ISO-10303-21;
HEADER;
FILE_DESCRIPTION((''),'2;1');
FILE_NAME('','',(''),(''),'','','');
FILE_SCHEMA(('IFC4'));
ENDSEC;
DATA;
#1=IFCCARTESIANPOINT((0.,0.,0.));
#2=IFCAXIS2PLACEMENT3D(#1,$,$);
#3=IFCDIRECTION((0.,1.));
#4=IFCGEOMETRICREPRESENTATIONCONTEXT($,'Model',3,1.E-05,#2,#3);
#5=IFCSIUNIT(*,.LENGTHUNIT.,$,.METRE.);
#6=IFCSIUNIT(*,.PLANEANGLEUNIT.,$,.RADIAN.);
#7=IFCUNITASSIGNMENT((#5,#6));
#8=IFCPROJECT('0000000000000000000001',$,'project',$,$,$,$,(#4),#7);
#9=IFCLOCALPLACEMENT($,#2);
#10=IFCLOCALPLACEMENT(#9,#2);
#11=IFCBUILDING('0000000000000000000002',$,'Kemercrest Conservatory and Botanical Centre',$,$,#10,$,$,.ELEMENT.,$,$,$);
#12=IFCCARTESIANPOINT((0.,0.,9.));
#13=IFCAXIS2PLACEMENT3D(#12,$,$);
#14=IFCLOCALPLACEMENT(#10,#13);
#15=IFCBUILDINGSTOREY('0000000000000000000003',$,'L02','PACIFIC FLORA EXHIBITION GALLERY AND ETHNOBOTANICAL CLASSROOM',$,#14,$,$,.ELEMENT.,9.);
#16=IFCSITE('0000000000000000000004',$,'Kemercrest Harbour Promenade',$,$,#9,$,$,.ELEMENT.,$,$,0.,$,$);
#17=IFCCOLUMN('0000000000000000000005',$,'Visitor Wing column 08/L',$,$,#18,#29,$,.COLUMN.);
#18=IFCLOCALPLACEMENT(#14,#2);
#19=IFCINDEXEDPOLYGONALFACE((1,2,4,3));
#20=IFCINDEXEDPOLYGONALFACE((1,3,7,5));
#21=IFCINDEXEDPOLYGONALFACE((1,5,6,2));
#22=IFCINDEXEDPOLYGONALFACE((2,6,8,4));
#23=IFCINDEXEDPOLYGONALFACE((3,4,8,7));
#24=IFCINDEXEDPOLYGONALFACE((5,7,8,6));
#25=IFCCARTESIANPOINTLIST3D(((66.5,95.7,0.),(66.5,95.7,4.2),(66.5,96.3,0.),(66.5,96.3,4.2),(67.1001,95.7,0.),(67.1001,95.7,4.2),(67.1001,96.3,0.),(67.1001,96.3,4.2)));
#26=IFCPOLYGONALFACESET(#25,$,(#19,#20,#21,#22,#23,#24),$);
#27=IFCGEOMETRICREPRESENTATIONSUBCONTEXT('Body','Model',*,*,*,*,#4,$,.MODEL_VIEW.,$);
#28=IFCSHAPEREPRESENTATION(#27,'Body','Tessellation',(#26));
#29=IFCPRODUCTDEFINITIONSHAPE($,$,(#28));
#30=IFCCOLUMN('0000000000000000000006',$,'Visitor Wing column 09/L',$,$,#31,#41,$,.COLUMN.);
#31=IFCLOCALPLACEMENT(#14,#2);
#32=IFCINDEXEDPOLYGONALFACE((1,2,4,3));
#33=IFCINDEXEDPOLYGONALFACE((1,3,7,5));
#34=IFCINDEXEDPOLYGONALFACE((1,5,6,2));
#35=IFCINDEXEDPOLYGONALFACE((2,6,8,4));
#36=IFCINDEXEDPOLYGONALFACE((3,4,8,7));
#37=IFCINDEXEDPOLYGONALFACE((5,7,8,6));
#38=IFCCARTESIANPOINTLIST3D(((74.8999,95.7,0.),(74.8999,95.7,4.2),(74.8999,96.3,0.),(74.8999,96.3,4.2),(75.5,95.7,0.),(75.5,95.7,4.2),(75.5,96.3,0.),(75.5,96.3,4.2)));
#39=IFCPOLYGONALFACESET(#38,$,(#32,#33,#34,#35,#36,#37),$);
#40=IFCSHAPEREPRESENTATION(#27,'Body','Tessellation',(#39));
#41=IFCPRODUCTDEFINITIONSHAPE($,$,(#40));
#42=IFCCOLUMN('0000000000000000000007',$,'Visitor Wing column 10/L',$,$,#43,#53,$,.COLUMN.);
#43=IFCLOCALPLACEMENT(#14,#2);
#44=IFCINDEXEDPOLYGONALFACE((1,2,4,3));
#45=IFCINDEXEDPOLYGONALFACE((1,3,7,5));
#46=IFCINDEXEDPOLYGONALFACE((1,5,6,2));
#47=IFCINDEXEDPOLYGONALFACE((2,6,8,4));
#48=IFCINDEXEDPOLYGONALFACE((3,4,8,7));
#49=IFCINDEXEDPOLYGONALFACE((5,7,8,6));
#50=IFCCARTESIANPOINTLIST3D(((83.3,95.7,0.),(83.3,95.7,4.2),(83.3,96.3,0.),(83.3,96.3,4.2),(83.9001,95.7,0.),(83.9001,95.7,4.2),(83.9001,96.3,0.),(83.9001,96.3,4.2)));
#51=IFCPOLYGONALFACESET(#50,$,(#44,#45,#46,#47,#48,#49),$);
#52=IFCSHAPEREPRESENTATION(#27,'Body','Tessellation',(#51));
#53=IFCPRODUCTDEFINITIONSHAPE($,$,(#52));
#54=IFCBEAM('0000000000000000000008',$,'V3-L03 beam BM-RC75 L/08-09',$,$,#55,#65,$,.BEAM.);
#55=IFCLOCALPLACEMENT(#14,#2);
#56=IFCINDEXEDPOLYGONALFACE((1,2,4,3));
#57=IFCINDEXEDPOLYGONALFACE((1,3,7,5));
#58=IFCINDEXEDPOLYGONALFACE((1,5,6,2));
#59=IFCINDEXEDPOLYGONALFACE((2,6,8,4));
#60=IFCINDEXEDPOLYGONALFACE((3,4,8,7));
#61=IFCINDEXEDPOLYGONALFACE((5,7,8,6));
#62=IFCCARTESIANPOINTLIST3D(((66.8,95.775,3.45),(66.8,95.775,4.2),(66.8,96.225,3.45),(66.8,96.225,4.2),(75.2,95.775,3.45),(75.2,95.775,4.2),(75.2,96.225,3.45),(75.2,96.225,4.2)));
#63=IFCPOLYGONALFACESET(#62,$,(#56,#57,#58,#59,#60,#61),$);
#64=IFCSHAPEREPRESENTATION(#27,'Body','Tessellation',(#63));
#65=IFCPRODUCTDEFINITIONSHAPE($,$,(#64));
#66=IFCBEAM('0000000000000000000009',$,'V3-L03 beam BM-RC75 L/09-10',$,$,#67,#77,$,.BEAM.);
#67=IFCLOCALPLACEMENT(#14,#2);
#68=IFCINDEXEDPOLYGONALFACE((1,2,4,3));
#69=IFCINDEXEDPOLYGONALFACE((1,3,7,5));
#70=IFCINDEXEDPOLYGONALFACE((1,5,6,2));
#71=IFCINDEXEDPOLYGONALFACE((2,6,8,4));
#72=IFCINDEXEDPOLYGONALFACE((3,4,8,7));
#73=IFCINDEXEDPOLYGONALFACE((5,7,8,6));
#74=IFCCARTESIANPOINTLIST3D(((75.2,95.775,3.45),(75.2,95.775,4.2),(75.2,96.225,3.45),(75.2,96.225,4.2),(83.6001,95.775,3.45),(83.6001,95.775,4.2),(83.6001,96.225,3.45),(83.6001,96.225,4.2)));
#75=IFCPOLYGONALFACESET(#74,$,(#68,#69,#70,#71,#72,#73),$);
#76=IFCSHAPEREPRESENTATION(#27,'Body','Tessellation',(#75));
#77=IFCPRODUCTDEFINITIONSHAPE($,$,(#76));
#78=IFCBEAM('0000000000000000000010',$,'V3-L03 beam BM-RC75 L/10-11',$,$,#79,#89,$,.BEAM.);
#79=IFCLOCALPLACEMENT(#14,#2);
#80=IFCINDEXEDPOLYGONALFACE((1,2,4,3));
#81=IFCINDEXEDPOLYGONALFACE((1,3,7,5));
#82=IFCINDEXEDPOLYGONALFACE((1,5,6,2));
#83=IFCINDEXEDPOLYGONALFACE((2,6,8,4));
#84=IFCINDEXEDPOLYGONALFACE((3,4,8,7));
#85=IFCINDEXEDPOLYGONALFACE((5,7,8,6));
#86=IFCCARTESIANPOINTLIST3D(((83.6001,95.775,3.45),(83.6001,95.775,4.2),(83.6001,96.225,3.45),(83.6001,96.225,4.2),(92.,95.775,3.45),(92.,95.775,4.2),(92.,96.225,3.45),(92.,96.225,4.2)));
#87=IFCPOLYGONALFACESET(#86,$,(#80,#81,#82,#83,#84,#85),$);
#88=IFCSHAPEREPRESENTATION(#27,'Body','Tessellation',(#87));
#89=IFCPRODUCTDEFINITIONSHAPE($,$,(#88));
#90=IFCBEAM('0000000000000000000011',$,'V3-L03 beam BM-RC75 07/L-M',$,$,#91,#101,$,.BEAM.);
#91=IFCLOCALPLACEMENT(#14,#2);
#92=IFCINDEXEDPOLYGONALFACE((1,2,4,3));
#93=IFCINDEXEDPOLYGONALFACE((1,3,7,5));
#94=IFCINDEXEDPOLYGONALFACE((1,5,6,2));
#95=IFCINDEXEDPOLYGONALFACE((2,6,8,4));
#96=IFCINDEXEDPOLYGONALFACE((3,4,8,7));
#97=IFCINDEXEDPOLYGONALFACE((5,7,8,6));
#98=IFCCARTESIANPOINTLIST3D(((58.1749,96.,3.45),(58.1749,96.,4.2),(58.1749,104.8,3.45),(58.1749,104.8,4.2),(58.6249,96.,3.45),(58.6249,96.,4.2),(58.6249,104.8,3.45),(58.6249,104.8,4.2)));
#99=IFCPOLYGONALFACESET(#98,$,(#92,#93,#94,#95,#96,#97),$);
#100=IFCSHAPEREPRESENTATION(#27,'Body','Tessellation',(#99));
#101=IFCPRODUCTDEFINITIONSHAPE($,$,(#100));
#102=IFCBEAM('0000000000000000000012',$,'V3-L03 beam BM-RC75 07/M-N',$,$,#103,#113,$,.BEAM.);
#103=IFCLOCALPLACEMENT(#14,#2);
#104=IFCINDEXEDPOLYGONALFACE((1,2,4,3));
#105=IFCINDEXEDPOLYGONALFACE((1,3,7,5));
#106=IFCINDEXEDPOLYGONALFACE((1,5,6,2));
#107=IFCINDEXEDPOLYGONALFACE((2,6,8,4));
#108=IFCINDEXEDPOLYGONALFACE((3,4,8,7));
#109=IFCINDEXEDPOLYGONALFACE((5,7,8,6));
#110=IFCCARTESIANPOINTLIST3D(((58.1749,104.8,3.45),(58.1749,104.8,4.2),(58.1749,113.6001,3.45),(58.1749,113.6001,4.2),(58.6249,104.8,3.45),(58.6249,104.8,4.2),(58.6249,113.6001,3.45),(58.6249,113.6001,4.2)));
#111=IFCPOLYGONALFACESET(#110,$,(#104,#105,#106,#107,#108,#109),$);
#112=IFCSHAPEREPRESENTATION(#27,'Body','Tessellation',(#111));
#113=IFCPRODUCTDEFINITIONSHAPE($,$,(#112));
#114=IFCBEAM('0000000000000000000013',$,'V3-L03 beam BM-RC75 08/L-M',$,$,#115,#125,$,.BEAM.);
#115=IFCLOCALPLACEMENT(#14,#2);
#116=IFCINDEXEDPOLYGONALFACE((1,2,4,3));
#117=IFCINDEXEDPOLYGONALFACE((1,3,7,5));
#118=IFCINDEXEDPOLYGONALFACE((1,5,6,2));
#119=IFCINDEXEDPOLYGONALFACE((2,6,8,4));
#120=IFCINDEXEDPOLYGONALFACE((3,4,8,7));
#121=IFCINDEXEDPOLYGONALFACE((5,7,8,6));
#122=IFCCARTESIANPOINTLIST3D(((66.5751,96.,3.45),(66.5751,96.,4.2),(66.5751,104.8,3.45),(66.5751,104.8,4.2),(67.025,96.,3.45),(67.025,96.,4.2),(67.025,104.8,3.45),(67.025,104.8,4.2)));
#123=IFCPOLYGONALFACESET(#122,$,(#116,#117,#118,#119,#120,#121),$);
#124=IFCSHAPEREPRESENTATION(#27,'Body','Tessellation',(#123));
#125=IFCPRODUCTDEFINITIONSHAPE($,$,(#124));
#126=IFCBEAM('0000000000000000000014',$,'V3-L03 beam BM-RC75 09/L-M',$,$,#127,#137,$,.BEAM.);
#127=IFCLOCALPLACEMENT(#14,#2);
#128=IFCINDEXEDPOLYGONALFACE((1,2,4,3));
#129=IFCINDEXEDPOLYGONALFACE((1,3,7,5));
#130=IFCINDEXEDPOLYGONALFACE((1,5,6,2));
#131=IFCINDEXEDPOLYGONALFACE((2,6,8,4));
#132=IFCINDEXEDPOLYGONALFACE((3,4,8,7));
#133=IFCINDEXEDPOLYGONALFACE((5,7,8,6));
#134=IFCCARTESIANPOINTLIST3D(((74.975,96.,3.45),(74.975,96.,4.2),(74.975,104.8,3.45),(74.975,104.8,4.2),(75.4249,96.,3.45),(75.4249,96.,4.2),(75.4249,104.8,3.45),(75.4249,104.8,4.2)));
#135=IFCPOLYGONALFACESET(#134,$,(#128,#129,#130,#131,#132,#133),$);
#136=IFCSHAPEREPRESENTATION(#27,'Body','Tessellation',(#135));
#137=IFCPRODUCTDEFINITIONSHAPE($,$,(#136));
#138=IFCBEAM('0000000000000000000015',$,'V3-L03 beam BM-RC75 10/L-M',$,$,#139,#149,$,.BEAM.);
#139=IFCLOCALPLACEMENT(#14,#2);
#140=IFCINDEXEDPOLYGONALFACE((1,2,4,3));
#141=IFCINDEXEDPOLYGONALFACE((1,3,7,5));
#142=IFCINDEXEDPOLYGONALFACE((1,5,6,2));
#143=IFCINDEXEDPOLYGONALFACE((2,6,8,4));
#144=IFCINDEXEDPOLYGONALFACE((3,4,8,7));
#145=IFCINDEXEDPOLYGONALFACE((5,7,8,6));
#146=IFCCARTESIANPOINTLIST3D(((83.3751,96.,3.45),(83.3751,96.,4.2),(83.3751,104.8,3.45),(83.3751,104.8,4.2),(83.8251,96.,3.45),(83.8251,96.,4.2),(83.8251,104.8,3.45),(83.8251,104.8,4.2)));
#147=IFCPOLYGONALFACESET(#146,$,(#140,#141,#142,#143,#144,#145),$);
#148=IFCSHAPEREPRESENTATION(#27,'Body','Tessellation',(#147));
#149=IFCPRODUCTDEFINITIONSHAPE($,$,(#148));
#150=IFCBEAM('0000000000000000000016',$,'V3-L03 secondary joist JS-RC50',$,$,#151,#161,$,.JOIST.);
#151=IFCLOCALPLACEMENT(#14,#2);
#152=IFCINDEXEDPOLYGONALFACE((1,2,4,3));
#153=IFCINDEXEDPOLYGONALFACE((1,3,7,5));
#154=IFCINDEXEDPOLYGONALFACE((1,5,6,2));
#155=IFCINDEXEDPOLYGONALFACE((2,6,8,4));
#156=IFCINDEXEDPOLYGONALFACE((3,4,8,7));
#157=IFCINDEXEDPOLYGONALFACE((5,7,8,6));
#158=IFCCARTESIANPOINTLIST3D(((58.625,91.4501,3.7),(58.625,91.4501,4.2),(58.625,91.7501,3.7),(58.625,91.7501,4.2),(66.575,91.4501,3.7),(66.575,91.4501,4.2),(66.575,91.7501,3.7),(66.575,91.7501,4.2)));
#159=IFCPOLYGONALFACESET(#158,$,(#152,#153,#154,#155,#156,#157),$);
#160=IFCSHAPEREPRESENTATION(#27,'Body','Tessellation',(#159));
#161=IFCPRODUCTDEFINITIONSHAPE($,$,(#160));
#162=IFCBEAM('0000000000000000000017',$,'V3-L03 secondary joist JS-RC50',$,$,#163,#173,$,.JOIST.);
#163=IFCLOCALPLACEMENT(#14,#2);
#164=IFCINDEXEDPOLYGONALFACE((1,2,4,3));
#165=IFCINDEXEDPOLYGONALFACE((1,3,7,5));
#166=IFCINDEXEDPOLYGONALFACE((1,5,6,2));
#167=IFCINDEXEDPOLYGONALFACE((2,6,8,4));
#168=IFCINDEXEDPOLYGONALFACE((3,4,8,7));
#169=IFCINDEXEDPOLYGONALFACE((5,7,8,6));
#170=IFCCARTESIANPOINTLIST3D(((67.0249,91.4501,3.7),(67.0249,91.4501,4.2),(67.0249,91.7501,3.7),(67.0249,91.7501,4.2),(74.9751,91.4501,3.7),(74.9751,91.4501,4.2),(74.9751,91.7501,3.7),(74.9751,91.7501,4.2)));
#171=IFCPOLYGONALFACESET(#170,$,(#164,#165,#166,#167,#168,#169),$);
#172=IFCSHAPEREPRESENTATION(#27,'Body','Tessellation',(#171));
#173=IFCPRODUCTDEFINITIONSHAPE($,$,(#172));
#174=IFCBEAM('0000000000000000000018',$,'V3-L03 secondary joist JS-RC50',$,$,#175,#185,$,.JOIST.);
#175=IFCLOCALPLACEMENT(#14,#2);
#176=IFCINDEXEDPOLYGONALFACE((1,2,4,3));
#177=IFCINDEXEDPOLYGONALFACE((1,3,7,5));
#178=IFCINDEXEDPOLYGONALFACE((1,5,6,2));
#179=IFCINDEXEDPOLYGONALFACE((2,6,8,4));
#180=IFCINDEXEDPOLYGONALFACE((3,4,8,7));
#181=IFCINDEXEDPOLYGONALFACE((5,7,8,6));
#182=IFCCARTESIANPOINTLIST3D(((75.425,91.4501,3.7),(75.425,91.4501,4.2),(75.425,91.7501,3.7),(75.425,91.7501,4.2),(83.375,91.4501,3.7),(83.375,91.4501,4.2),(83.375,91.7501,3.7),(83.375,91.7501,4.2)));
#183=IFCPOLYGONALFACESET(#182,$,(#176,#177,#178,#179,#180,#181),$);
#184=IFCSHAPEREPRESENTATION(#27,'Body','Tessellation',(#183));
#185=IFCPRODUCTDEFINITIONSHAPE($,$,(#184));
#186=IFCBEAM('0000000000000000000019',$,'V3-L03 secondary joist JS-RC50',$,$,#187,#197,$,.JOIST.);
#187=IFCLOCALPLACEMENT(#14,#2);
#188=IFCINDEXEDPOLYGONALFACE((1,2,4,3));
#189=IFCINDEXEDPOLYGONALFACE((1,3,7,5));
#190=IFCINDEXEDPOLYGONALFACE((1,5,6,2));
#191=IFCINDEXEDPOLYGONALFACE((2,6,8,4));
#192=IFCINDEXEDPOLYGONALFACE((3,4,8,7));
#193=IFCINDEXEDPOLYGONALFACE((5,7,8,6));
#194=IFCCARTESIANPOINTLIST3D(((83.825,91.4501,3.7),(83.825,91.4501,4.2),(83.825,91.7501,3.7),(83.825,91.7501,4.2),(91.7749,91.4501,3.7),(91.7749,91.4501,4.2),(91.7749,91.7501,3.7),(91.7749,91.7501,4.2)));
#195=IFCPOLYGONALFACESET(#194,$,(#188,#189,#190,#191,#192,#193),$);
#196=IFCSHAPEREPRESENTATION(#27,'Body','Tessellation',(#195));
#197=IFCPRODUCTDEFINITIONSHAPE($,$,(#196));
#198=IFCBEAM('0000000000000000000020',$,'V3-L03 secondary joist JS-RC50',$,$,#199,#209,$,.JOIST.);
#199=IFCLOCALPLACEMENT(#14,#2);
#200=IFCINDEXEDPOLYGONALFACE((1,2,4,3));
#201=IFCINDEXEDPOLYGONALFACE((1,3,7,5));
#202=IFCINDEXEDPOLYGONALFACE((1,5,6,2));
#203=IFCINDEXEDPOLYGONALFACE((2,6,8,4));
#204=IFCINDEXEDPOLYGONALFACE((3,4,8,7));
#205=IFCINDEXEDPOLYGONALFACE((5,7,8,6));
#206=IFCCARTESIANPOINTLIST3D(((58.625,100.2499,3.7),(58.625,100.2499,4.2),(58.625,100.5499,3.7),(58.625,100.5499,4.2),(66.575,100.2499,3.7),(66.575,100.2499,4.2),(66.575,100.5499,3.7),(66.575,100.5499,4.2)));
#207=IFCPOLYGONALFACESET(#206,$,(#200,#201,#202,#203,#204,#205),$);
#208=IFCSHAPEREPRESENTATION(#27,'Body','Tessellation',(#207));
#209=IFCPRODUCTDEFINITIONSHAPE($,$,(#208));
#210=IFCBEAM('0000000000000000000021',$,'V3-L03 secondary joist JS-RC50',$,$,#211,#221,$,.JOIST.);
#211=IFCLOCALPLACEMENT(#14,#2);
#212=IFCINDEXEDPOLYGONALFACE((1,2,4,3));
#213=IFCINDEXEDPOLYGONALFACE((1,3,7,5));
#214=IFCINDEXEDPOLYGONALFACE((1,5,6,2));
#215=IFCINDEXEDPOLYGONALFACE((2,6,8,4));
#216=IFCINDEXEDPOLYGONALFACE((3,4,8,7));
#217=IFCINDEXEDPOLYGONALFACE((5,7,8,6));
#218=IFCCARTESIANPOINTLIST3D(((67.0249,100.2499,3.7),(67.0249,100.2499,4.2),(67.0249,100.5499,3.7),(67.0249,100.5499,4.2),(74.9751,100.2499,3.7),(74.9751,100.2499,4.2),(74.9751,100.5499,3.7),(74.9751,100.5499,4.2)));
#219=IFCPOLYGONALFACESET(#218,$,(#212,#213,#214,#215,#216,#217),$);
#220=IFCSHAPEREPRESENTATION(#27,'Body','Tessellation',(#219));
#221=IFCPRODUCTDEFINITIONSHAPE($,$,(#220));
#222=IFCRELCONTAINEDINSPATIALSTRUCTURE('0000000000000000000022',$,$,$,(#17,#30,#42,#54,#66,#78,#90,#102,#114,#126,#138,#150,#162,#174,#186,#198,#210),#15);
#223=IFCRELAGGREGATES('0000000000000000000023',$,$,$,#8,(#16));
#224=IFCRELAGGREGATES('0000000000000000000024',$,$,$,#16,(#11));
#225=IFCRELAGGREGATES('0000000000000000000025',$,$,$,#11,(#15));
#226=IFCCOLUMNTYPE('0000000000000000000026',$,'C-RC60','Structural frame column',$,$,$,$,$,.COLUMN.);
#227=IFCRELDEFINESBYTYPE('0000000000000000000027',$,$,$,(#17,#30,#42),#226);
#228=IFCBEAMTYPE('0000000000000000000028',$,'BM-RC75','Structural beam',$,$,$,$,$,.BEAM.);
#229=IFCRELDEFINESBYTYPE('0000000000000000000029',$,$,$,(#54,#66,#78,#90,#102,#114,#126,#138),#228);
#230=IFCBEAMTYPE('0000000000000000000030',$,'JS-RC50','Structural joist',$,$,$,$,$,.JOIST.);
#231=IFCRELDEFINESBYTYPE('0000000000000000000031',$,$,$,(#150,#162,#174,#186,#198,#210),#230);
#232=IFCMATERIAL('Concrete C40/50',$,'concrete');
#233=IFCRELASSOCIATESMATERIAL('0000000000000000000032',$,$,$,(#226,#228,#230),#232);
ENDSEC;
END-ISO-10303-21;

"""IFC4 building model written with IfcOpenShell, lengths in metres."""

from ifc_helpers import new_model, si_unit, direction, frame, origin, origin_2d, place, context, subcontext, project, spatial, rectangle, extrude, material, material_profile, profile_set, type_object, element, save


model = new_model("IFC4")

# Units and contexts
model_context = context("Model", 3, precision=1e-05, world=origin(), true_north=direction((0.0, 1.0)))
body_context = subcontext(model_context, "Body", "Model", "MODEL_VIEW")
ifc_project = project(units=[si_unit("LENGTHUNIT", "METRE"), si_unit("PLANEANGLEUNIT", "RADIAN")], contexts=[model_context])

# Site, building, storey
site_placement = place(None, origin())
site = spatial("IfcSite", under=ifc_project, at=site_placement, Name="Kemercrest Harbour Promenade", CompositionType="ELEMENT", RefElevation=0.0)
building_placement = place(site_placement, origin())
building = spatial("IfcBuilding", under=site, at=building_placement, Name="Kemercrest Conservatory and Botanical Centre", CompositionType="ELEMENT")
storey_placement = place(building_placement, frame((0.0, 0.0, 9.0)))
storey = spatial("IfcBuildingStorey", under=building, at=storey_placement, Name="L02", Description="PACIFIC FLORA EXHIBITION GALLERY AND ETHNOBOTANICAL CLASSROOM", CompositionType="ELEMENT", Elevation=9.0)

# Columns
ifc_material_1 = material(Name="Concrete C40/50", Category="concrete")
ifc_material_profile_1 = material_profile(ifc_material_1, rectangle(XDim=0.6001, YDim=0.6001, at=origin_2d()), Name="RC 600x600")
ifc_profile_set_1 = profile_set([ifc_material_profile_1], Name="Concrete C40/50")
column_type = type_object("IfcColumnType", Name="C-RC60", Description="Structural frame column", PredefinedType="COLUMN", material=ifc_profile_set_1)
for number, where, z_axis, x_axis, name in (
    (1, (66.8, 96.0, 0.0), (0.0, 0.0, 1.0), (1.0, 0.0, 0.0), "Visitor Wing column 08/L"),
    (2, (75.2, 96.0, 0.0), (0.0, 0.0, 1.0), (1.0, 0.0, 0.0), "Visitor Wing column 09/L"),
    (3, (83.6001, 96.0, 0.0), (0.0, 0.0, 1.0), (1.0, 0.0, 0.0), "Visitor Wing column 10/L"),
):
    element("IfcColumn", number, at=place(storey_placement, frame(where, z_axis=z_axis, x_axis=x_axis)), inside=storey, type_object=column_type, Name=name, PredefinedType="COLUMN", context=body_context, shape_type="SweptSolid", body=[
        extrude(rectangle(XDim=0.6001, YDim=0.6001, at=origin_2d()), origin(), (0.0, 0.0, 1.0), 4.2),
    ])

# Beams
ifc_material_profile_2 = material_profile(ifc_material_1, rectangle(XDim=0.45, YDim=0.75, at=origin_2d()), Name="RC 450x750")
ifc_profile_set_2 = profile_set([ifc_material_profile_2], Name="Concrete C40/50")
beam_type_1 = type_object("IfcBeamType", Name="BM-RC75", Description="Structural beam", PredefinedType="BEAM", material=ifc_profile_set_2)
beam_1_placement = place(storey_placement, frame((66.8, 96.0, 3.825), z_axis=(1.0, 0.0, 0.0), x_axis=(0.0, 1.0, 0.0)))
element("IfcBeam", 4, at=beam_1_placement, inside=storey, type_object=beam_type_1, Name="V3-L03 beam BM-RC75 L/08-09", PredefinedType="BEAM", context=body_context, shape_type="SweptSolid", body=[
    extrude(rectangle(XDim=0.45, YDim=0.75, at=origin_2d()), origin(), (0.0, 0.0, 1.0), 8.3999),
])
beam_2_placement = place(storey_placement, frame((75.2, 96.0, 3.825), z_axis=(1.0, 0.0, 0.0), x_axis=(0.0, 1.0, 0.0)))
element("IfcBeam", 5, at=beam_2_placement, inside=storey, type_object=beam_type_1, Name="V3-L03 beam BM-RC75 L/09-10", PredefinedType="BEAM", context=body_context, shape_type="SweptSolid", body=[
    extrude(rectangle(XDim=0.45, YDim=0.75, at=origin_2d()), origin(), (0.0, 0.0, 1.0), 8.4001),
])
beam_3_placement = place(storey_placement, frame((83.6001, 96.0, 3.825), z_axis=(1.0, 0.0, 0.0), x_axis=(0.0, 1.0, 0.0)))
element("IfcBeam", 6, at=beam_3_placement, inside=storey, type_object=beam_type_1, Name="V3-L03 beam BM-RC75 L/10-11", PredefinedType="BEAM", context=body_context, shape_type="SweptSolid", body=[
    extrude(rectangle(XDim=0.45, YDim=0.75, at=origin_2d()), origin(), (0.0, 0.0, 1.0), 8.3999),
])
for number, where, z_axis, x_axis, name in (
    (7, (58.3999, 96.0, 3.825), (0.0, 1.0, 0.0), (-1.0, 0.0, 0.0), "V3-L03 beam BM-RC75 07/L-M"),
    (8, (58.3999, 104.8, 3.825), (0.0, 1.0, 0.0), (-1.0, 0.0, 0.0), "V3-L03 beam BM-RC75 07/M-N"),
    (9, (66.8, 96.0, 3.825), (0.0, 1.0, 0.0), (-1.0, 0.0, 0.0), "V3-L03 beam BM-RC75 08/L-M"),
    (10, (75.2, 96.0, 3.825), (0.0, 1.0, 0.0), (-1.0, 0.0, 0.0), "V3-L03 beam BM-RC75 09/L-M"),
    (11, (83.6001, 96.0, 3.825), (0.0, 1.0, 0.0), (-1.0, 0.0, 0.0), "V3-L03 beam BM-RC75 10/L-M"),
):
    element("IfcBeam", number, at=place(storey_placement, frame(where, z_axis=z_axis, x_axis=x_axis)), inside=storey, type_object=beam_type_1, Name=name, PredefinedType="BEAM", context=body_context, shape_type="SweptSolid", body=[
        extrude(rectangle(XDim=0.45, YDim=0.75, at=origin_2d()), origin(), (0.0, 0.0, 1.0), 8.8),
    ])
ifc_material_profile_3 = material_profile(ifc_material_1, rectangle(XDim=0.3, YDim=0.5, at=origin_2d()), Name="RC 300x500")
ifc_profile_set_3 = profile_set([ifc_material_profile_3], Name="Concrete C40/50")
beam_type_2 = type_object("IfcBeamType", Name="JS-RC50", Description="Structural joist", PredefinedType="JOIST", material=ifc_profile_set_3)
beam_4_placement = place(storey_placement, frame((58.625, 91.6001, 3.95), z_axis=(1.0, 0.0, 0.0), x_axis=(0.0, 1.0, 0.0)))
element("IfcBeam", 12, at=beam_4_placement, inside=storey, type_object=beam_type_2, Name="V3-L03 secondary joist JS-RC50", PredefinedType="JOIST", context=body_context, shape_type="SweptSolid", body=[
    extrude(rectangle(XDim=0.3, YDim=0.5, at=origin_2d()), origin(), (0.0, 0.0, 1.0), 7.95),
])
beam_5_placement = place(storey_placement, frame((67.0249, 91.6001, 3.95), z_axis=(1.0, 0.0, 0.0), x_axis=(0.0, 1.0, 0.0)))
element("IfcBeam", 13, at=beam_5_placement, inside=storey, type_object=beam_type_2, Name="V3-L03 secondary joist JS-RC50", PredefinedType="JOIST", context=body_context, shape_type="SweptSolid", body=[
    extrude(rectangle(XDim=0.3, YDim=0.5, at=origin_2d()), origin(), (0.0, 0.0, 1.0), 7.9502),
])
for number, where, z_axis, x_axis, name in (
    (14, (75.425, 91.6001, 3.95), (1.0, 0.0, 0.0), (0.0, 1.0, 0.0), "V3-L03 secondary joist JS-RC50"),
    (15, (83.825, 91.6001, 3.95), (1.0, 0.0, 0.0), (0.0, 1.0, 0.0), "V3-L03 secondary joist JS-RC50"),
    (16, (58.625, 100.3999, 3.95), (1.0, 0.0, 0.0), (0.0, 1.0, 0.0), "V3-L03 secondary joist JS-RC50"),
):
    element("IfcBeam", number, at=place(storey_placement, frame(where, z_axis=z_axis, x_axis=x_axis)), inside=storey, type_object=beam_type_2, Name=name, PredefinedType="JOIST", context=body_context, shape_type="SweptSolid", body=[
        extrude(rectangle(XDim=0.3, YDim=0.5, at=origin_2d()), origin(), (0.0, 0.0, 1.0), 7.95),
    ])
beam_6_placement = place(storey_placement, frame((67.0249, 100.3999, 3.95), z_axis=(1.0, 0.0, 0.0), x_axis=(0.0, 1.0, 0.0)))
element("IfcBeam", 17, at=beam_6_placement, inside=storey, type_object=beam_type_2, Name="V3-L03 secondary joist JS-RC50", PredefinedType="JOIST", context=body_context, shape_type="SweptSolid", body=[
    extrude(rectangle(XDim=0.3, YDim=0.5, at=origin_2d()), origin(), (0.0, 0.0, 1.0), 7.9502),
])

save(model, "model.ifc")
